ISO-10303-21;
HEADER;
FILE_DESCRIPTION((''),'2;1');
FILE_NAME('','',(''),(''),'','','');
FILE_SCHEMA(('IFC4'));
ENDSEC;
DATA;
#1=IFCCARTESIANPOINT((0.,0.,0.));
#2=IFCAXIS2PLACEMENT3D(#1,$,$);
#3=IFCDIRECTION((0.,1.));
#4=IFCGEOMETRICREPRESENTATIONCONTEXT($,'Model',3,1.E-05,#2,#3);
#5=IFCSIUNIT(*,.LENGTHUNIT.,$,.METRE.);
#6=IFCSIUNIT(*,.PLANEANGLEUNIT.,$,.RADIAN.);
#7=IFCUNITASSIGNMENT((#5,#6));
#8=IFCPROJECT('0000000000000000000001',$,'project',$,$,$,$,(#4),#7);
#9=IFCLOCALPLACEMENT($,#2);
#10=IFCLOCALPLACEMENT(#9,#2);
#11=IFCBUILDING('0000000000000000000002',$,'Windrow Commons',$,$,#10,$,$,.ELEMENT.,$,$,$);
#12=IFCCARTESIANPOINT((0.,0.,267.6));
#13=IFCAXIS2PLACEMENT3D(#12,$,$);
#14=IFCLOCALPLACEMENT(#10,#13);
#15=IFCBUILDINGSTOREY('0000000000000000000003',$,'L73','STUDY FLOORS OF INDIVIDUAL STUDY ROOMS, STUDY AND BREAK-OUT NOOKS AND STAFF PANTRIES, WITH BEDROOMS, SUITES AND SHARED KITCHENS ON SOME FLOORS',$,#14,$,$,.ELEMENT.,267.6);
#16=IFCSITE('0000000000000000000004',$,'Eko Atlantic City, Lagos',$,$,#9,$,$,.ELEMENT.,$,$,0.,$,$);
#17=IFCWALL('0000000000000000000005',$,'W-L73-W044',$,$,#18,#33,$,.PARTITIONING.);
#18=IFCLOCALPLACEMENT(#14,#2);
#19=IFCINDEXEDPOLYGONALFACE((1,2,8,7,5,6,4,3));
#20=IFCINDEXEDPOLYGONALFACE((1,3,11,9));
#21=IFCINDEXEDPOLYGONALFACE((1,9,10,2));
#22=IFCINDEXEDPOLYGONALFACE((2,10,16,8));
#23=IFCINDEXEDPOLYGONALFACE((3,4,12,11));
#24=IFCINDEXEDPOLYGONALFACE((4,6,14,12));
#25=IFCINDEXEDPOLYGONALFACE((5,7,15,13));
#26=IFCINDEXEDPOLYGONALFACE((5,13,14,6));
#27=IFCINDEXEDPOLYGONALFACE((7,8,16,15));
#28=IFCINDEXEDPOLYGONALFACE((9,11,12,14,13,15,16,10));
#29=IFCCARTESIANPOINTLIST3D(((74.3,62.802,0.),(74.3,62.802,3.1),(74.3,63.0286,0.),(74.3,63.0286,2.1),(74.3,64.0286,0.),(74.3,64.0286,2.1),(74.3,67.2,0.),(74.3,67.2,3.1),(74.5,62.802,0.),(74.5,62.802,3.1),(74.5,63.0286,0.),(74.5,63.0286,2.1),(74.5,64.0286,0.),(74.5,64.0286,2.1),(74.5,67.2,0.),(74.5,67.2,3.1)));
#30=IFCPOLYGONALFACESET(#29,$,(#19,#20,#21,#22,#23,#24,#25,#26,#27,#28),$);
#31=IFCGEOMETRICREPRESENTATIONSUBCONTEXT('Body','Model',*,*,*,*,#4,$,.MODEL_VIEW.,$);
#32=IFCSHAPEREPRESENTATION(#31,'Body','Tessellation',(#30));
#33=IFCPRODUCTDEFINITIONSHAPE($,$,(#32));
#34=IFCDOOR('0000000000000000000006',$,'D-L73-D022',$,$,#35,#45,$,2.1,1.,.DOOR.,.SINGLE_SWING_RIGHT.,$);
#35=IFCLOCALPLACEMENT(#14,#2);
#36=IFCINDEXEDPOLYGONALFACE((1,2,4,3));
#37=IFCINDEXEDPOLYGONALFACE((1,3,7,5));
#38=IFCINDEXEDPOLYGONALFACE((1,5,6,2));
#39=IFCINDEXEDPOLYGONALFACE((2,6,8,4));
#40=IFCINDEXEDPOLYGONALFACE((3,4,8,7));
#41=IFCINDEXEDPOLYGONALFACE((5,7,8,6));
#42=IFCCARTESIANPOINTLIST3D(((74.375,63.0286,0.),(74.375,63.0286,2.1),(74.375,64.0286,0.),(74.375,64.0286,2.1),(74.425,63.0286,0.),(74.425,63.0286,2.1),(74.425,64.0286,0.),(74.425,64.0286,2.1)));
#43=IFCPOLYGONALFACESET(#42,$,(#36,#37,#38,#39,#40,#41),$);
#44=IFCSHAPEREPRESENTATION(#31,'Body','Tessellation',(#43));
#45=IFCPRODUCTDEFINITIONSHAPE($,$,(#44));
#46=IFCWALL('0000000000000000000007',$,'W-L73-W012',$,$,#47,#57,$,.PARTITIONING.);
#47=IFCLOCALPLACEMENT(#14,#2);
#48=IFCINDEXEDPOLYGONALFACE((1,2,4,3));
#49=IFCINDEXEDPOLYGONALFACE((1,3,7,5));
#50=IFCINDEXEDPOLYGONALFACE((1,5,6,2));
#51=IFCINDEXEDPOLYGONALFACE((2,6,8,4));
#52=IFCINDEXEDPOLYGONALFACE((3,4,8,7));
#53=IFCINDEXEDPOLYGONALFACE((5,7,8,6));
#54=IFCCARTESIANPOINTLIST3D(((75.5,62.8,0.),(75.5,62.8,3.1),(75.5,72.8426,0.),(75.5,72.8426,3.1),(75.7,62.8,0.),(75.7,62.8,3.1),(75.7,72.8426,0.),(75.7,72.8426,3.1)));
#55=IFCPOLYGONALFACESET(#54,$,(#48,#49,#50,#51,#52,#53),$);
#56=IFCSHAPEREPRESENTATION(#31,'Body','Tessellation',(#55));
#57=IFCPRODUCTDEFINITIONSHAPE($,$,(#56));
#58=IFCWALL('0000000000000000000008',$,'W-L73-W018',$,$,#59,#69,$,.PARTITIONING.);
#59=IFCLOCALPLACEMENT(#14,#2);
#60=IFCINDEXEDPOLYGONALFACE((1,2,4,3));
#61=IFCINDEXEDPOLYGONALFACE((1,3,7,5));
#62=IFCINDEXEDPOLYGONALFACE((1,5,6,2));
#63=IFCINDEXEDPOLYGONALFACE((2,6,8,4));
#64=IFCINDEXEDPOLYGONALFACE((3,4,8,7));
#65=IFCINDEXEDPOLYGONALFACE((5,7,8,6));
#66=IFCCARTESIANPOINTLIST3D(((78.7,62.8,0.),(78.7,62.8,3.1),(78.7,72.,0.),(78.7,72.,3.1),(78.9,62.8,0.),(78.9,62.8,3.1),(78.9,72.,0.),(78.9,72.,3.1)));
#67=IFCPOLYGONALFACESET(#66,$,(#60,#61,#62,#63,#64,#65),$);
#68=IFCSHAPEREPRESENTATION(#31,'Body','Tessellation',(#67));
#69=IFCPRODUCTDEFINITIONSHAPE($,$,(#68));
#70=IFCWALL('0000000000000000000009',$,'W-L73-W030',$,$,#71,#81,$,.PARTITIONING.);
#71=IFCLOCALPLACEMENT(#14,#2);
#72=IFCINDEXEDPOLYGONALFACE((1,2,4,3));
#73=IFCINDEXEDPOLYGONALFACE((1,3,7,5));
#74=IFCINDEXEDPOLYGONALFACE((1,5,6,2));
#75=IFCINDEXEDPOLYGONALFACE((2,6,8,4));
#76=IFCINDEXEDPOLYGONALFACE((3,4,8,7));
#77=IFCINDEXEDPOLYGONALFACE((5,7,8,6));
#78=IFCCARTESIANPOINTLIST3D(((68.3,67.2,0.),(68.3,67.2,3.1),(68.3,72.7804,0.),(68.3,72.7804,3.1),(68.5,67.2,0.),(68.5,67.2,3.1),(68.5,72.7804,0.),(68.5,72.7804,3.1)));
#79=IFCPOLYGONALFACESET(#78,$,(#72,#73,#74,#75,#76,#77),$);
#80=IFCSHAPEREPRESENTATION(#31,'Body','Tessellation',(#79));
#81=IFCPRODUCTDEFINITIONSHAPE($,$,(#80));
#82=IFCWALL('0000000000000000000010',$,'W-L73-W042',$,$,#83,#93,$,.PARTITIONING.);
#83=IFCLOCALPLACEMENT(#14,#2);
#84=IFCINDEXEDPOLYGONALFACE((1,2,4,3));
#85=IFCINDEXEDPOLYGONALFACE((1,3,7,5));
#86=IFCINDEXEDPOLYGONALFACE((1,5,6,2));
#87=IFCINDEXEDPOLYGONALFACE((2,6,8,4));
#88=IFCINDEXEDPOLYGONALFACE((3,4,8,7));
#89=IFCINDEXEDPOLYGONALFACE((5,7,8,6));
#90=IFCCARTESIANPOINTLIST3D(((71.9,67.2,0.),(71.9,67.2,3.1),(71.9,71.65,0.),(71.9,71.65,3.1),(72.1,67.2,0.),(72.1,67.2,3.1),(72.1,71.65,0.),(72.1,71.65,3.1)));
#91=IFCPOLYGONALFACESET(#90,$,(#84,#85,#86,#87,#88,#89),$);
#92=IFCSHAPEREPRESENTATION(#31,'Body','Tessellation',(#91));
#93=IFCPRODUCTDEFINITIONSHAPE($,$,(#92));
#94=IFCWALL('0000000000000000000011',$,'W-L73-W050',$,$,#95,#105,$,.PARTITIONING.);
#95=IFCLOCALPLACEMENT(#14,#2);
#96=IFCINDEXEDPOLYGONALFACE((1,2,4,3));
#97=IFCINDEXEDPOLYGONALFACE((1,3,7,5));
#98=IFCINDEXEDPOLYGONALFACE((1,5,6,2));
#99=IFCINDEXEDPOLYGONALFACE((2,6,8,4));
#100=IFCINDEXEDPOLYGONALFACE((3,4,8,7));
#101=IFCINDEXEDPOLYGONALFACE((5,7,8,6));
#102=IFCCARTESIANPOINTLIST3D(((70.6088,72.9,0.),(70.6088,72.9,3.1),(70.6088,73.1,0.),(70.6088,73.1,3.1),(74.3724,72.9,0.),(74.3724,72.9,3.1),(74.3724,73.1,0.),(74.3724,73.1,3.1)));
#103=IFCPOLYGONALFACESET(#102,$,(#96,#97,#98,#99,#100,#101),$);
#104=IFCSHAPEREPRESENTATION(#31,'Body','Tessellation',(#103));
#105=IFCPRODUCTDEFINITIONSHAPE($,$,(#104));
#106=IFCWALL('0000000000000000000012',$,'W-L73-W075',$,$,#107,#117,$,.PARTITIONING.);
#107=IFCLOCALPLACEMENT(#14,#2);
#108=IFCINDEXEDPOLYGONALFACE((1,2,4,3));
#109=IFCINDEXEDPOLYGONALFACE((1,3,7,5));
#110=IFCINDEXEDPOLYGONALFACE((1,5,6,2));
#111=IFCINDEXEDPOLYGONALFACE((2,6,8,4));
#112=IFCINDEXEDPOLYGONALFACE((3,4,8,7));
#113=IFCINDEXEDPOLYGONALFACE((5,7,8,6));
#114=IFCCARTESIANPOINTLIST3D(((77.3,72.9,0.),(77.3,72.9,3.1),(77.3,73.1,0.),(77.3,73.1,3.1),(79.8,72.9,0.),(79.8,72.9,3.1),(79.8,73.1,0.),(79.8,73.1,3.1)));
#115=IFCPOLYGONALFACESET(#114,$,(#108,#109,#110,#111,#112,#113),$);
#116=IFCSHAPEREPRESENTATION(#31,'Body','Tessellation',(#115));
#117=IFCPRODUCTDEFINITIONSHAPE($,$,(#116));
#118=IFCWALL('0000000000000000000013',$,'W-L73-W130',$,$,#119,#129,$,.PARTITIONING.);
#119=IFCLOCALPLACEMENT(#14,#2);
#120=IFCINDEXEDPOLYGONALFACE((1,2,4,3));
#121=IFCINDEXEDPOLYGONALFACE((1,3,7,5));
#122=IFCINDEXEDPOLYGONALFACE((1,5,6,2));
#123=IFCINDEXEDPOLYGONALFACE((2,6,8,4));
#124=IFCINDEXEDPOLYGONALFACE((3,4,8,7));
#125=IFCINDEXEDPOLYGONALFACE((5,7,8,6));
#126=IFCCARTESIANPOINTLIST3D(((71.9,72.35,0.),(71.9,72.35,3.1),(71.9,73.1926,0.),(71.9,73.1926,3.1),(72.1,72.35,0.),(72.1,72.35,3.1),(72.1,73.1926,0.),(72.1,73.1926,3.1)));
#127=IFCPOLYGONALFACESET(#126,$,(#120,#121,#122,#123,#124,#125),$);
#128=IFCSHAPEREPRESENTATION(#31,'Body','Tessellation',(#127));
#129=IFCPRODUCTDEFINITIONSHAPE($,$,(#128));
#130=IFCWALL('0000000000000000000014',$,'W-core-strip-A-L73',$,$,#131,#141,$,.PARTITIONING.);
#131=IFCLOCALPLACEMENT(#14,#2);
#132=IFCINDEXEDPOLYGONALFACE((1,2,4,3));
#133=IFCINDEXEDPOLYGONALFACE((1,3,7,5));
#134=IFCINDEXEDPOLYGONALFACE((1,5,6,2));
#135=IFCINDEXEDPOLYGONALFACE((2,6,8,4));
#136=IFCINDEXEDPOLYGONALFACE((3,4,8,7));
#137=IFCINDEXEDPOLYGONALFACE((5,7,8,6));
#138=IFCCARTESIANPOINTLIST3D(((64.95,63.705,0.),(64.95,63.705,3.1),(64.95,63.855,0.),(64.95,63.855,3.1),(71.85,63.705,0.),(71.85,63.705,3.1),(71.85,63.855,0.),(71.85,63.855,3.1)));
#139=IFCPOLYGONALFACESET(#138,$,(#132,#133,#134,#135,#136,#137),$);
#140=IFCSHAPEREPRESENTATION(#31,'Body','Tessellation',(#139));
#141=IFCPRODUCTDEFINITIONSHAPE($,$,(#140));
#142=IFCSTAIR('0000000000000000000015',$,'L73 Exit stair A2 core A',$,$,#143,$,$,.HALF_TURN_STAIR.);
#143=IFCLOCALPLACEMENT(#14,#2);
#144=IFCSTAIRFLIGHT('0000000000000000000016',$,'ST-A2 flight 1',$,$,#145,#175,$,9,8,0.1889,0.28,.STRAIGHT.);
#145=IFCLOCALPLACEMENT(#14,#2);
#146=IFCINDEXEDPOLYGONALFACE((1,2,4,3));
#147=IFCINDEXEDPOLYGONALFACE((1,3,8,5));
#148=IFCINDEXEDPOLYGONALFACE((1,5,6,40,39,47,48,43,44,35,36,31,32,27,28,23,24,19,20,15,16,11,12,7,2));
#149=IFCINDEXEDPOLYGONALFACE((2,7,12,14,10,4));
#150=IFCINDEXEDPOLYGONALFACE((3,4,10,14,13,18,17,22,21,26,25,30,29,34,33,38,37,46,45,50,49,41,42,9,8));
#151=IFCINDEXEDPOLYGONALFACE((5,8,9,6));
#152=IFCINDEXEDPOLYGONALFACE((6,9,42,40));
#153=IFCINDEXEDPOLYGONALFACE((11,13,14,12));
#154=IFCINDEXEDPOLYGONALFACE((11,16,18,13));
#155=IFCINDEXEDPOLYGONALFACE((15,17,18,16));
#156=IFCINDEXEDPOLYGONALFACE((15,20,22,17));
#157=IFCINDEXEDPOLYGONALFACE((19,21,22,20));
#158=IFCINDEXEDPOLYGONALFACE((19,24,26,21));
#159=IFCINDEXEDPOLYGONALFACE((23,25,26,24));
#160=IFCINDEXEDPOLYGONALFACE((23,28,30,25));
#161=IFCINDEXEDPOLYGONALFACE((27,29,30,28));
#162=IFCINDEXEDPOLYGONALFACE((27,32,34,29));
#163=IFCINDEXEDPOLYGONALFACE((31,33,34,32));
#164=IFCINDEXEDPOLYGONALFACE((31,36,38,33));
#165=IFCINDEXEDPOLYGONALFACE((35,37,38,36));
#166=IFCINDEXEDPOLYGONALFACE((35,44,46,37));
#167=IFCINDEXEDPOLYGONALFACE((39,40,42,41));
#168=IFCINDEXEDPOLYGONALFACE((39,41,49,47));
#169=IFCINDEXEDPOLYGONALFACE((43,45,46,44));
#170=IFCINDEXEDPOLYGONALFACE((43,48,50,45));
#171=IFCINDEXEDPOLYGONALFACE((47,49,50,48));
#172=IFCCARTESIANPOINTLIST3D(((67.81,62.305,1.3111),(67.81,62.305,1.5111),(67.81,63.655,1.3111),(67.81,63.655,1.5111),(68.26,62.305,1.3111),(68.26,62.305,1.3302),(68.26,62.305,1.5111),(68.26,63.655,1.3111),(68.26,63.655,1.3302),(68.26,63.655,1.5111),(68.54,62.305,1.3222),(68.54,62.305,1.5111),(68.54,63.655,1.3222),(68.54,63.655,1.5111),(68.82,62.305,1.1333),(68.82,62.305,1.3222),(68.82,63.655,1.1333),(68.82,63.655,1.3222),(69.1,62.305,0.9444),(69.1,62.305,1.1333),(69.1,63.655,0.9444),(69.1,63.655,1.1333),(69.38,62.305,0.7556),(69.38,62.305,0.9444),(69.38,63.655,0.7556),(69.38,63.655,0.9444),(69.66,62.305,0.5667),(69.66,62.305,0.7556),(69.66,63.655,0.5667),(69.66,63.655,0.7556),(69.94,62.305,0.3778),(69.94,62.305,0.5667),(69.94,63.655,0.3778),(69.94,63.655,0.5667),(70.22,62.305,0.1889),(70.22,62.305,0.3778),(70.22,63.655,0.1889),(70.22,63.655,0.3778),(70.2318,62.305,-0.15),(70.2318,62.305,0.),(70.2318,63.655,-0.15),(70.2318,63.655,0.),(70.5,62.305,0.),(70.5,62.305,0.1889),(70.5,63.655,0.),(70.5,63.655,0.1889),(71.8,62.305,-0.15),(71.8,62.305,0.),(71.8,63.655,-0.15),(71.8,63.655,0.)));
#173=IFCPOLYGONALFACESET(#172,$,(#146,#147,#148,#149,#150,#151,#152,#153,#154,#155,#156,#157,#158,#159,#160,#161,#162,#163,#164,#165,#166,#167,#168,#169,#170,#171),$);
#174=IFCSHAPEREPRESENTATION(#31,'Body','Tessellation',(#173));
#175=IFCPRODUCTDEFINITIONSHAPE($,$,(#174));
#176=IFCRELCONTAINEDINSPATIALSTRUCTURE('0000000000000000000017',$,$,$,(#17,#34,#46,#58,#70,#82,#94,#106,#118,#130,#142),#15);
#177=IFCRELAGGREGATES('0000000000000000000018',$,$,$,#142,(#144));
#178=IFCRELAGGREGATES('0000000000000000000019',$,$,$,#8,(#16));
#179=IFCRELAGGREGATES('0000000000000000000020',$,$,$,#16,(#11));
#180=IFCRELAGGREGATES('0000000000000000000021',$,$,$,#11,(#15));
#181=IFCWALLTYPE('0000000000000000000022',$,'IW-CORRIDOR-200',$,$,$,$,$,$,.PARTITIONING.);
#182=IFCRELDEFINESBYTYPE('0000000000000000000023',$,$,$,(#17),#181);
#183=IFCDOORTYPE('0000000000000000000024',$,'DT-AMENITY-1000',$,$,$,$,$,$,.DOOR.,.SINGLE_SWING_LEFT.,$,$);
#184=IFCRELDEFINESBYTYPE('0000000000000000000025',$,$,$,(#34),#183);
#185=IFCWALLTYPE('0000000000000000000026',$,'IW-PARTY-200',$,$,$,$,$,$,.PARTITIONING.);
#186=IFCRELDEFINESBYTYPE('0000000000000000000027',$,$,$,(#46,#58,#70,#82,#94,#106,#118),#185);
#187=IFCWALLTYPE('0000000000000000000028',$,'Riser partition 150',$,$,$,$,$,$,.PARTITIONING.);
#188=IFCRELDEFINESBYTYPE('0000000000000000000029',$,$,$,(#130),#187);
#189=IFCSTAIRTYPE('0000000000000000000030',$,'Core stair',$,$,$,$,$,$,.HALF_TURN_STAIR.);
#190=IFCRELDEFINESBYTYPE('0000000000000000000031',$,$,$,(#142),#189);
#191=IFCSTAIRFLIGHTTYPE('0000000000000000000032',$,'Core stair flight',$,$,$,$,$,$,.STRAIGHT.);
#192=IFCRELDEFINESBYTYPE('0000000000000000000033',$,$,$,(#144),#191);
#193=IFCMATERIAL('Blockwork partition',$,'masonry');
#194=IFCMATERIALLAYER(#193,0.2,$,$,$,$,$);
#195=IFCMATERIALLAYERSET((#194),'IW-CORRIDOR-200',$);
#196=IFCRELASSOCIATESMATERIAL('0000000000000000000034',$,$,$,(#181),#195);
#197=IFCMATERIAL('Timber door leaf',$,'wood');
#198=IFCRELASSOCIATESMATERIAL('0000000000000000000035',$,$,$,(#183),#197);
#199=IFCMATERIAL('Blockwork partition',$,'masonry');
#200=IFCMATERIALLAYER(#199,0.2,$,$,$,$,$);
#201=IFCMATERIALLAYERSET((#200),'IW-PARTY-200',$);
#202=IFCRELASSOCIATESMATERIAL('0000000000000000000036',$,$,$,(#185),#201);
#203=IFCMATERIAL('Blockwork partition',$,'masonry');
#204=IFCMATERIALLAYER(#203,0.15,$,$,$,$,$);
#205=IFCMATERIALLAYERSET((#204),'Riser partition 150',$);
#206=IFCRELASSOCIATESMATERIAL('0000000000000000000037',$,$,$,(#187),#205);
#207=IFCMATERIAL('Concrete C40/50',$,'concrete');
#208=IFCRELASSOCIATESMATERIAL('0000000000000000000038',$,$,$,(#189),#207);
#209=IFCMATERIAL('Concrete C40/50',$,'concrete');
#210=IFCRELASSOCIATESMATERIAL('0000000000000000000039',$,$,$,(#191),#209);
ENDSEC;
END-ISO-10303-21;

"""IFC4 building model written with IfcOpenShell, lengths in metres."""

from ifc_helpers import new_model, si_unit, direction, frame, frame_2d, origin, place, context, subcontext, project, spatial, polyline, rectangle, outline, extrude, material, layer, layer_set, type_object, element, fill, aggregate, save


model = new_model("IFC4")

# Units and contexts
model_context = context("Model", 3, precision=1e-05, world=origin(), true_north=direction((0.0, 1.0)))
body_context = subcontext(model_context, "Body", "Model", "MODEL_VIEW")
ifc_project = project(units=[si_unit("LENGTHUNIT", "METRE"), si_unit("PLANEANGLEUNIT", "RADIAN")], contexts=[model_context])

# Site, building, storey
site_placement = place(None, origin())
site = spatial("IfcSite", under=ifc_project, at=site_placement, Name="Eko Atlantic City, Lagos", CompositionType="ELEMENT", RefElevation=0.0)
building_placement = place(site_placement, origin())
building = spatial("IfcBuilding", under=site, at=building_placement, Name="Windrow Commons", CompositionType="ELEMENT")
storey_placement = place(building_placement, frame((0.0, 0.0, 267.6)))
storey = spatial("IfcBuildingStorey", under=building, at=storey_placement, Name="L73", Description="STUDY FLOORS OF INDIVIDUAL STUDY ROOMS, STUDY AND BREAK-OUT NOOKS AND STAFF PANTRIES, WITH BEDROOMS, SUITES AND SHARED KITCHENS ON SOME FLOORS", CompositionType="ELEMENT", Elevation=267.6)

# Wall, opening, door
ifc_material_1 = material(Name="Blockwork partition", Category="masonry")
ifc_layer_1 = layer(ifc_material_1, 0.2)
ifc_layer_set_1 = layer_set([ifc_layer_1], Name="IW-CORRIDOR-200")
wall_type_1 = type_object("IfcWallType", Name="IW-CORRIDOR-200", PredefinedType="PARTITIONING", material=ifc_layer_set_1)
wall_1_placement = place(storey_placement, frame((74.4, 62.802, 0.0), z_axis=(0.0, 0.0, 1.0), x_axis=(0.0, 1.0, 0.0)))
wall_1 = element("IfcWall", 1, at=wall_1_placement, inside=storey, type_object=wall_type_1, Name="W-L73-W044", PredefinedType="PARTITIONING", context=body_context, shape_type="SweptSolid", body=[
    extrude(rectangle(XDim=4.398, YDim=0.2, at=frame_2d((2.199, 0.0))), origin(), (0.0, 0.0, 1.0), 3.1),
])
opening_1_placement = place(wall_1_placement, frame((0.2266, 0.0, 0.0)))
opening_1 = element("IfcOpeningElement", 2, at=opening_1_placement, cuts=wall_1, PredefinedType="OPENING", context=body_context, shape_type="SweptSolid", body=[
    extrude(rectangle(XDim=1.0, YDim=2.1, at=frame_2d((0.5, 1.05))), frame((0.0, 0.11, 0.0), z_axis=(0.0, -1.0, 0.0), x_axis=(1.0, 0.0, 0.0)), (0.0, 0.0, 1.0), 0.22),
])
ifc_material_2 = material(Name="Timber door leaf", Category="wood")
door_type = type_object("IfcDoorType", Name="DT-AMENITY-1000", OperationType="SINGLE_SWING_LEFT", PredefinedType="DOOR", material=ifc_material_2)
door_placement = place(opening_1_placement, origin())
door = element("IfcDoor", 3, at=door_placement, inside=storey, type_object=door_type, Name="D-L73-D022", OperationType="SINGLE_SWING_RIGHT", OverallHeight=2.1, OverallWidth=1.0, PredefinedType="DOOR", context=body_context, shape_type="SweptSolid", body=[
    extrude(rectangle(XDim=1.0, YDim=2.1, at=frame_2d((0.5, 1.05))), frame((0.0, 0.025, 0.0), z_axis=(0.0, -1.0, 0.0), x_axis=(1.0, 0.0, 0.0)), (0.0, 0.0, 1.0), 0.05),
])
fill(opening_1, door)

# Walls
ifc_material_3 = material(Name="Blockwork partition", Category="masonry")
ifc_layer_2 = layer(ifc_material_3, 0.2)
ifc_layer_set_2 = layer_set([ifc_layer_2], Name="IW-PARTY-200")
wall_type_2 = type_object("IfcWallType", Name="IW-PARTY-200", PredefinedType="PARTITIONING", material=ifc_layer_set_2)
wall_2_placement = place(storey_placement, frame((75.6, 62.8, 0.0), z_axis=(0.0, 0.0, 1.0), x_axis=(0.0, 1.0, 0.0)))
element("IfcWall", 4, at=wall_2_placement, inside=storey, type_object=wall_type_2, Name="W-L73-W012", PredefinedType="PARTITIONING", context=body_context, shape_type="SweptSolid", body=[
    extrude(rectangle(XDim=10.0427, YDim=0.2, at=frame_2d((5.0213, 0.0))), origin(), (0.0, 0.0, 1.0), 3.1),
])
wall_3_placement = place(storey_placement, frame((78.8, 62.8, 0.0), z_axis=(0.0, 0.0, 1.0), x_axis=(0.0, 1.0, 0.0)))
element("IfcWall", 5, at=wall_3_placement, inside=storey, type_object=wall_type_2, Name="W-L73-W018", PredefinedType="PARTITIONING", context=body_context, shape_type="SweptSolid", body=[
    extrude(rectangle(XDim=9.2, YDim=0.2, at=frame_2d((4.6, 0.0))), origin(), (0.0, 0.0, 1.0), 3.1),
])
wall_4_placement = place(storey_placement, frame((68.4, 67.2, 0.0), z_axis=(0.0, 0.0, 1.0), x_axis=(0.0, 1.0, 0.0)))
element("IfcWall", 6, at=wall_4_placement, inside=storey, type_object=wall_type_2, Name="W-L73-W030", PredefinedType="PARTITIONING", context=body_context, shape_type="SweptSolid", body=[
    extrude(rectangle(XDim=5.5803, YDim=0.2, at=frame_2d((2.7902, 0.0))), origin(), (0.0, 0.0, 1.0), 3.1),
])
wall_5_placement = place(storey_placement, frame((72.0, 67.2, 0.0), z_axis=(0.0, 0.0, 1.0), x_axis=(0.0, 1.0, 0.0)))
element("IfcWall", 7, at=wall_5_placement, inside=storey, type_object=wall_type_2, Name="W-L73-W042", PredefinedType="PARTITIONING", context=body_context, shape_type="SweptSolid", body=[
    extrude(rectangle(XDim=4.45, YDim=0.2, at=frame_2d((2.225, 0.0))), origin(), (0.0, 0.0, 1.0), 3.1),
])
wall_6_placement = place(storey_placement, frame((70.6088, 73.0, 0.0), z_axis=(0.0, 0.0, 1.0), x_axis=(1.0, 0.0, 0.0)))
element("IfcWall", 8, at=wall_6_placement, inside=storey, type_object=wall_type_2, Name="W-L73-W050", PredefinedType="PARTITIONING", context=body_context, shape_type="SweptSolid", body=[
    extrude(rectangle(XDim=3.7636, YDim=0.2, at=frame_2d((1.8818, 0.0))), origin(), (0.0, 0.0, 1.0), 3.1),
])
wall_7_placement = place(storey_placement, frame((77.3, 73.0, 0.0), z_axis=(0.0, 0.0, 1.0), x_axis=(1.0, 0.0, 0.0)))
element("IfcWall", 9, at=wall_7_placement, inside=storey, type_object=wall_type_2, Name="W-L73-W075", PredefinedType="PARTITIONING", context=body_context, shape_type="SweptSolid", body=[
    extrude(rectangle(XDim=2.5, YDim=0.2, at=frame_2d((1.25, 0.0))), origin(), (0.0, 0.0, 1.0), 3.1),
])
wall_8_placement = place(storey_placement, frame((72.0, 72.35, 0.0), z_axis=(0.0, 0.0, 1.0), x_axis=(0.0, 1.0, 0.0)))
element("IfcWall", 10, at=wall_8_placement, inside=storey, type_object=wall_type_2, Name="W-L73-W130", PredefinedType="PARTITIONING", context=body_context, shape_type="SweptSolid", body=[
    extrude(rectangle(XDim=0.8425, YDim=0.2, at=frame_2d((0.4213, 0.0))), origin(), (0.0, 0.0, 1.0), 3.1),
])
ifc_material_4 = material(Name="Blockwork partition", Category="masonry")
ifc_layer_3 = layer(ifc_material_4, 0.15)
ifc_layer_set_3 = layer_set([ifc_layer_3], Name="Riser partition 150")
wall_type_3 = type_object("IfcWallType", Name="Riser partition 150", PredefinedType="PARTITIONING", material=ifc_layer_set_3)
wall_9_placement = place(storey_placement, frame((64.95, 63.78, 0.0), z_axis=(0.0, 0.0, 1.0), x_axis=(1.0, 0.0, 0.0)))
element("IfcWall", 11, at=wall_9_placement, inside=storey, type_object=wall_type_3, Name="W-core-strip-A-L73", PredefinedType="PARTITIONING", context=body_context, shape_type="SweptSolid", body=[
    extrude(rectangle(XDim=6.9, YDim=0.15, at=frame_2d((3.45, 0.0))), origin(), (0.0, 0.0, 1.0), 3.1),
])

# Stair, stair flight
ifc_material_5 = material(Name="Concrete C40/50", Category="concrete")
stair_type = type_object("IfcStairType", Name="Core stair", PredefinedType="HALF_TURN_STAIR", material=ifc_material_5)
stair_placement = place(storey_placement, origin())
stair = element("IfcStair", 12, at=stair_placement, inside=storey, type_object=stair_type, Name="L73 Exit stair A2 core A", PredefinedType="HALF_TURN_STAIR")
ifc_material_6 = material(Name="Concrete C40/50", Category="concrete")
stair_flight_type = type_object("IfcStairFlightType", Name="Core stair flight", PredefinedType="STRAIGHT", material=ifc_material_6)
stair_flight_placement = place(storey_placement, frame((70.5, 62.98, 0.0), z_axis=(0.0, 0.0, 1.0), x_axis=(-1.0, 0.0, 0.0)))
stair_flight = element("IfcStairFlight", 13, at=stair_flight_placement, type_object=stair_flight_type, Name="ST-A2 flight 1", NumberOfRisers=9, NumberOfTreads=8, PredefinedType="STRAIGHT", RiserHeight=0.1889, TreadLength=0.28, context=body_context, shape_type="SweptSolid", body=[
    extrude(outline(polyline([(-1.3, -0.15), (-1.3, 0.0), (0.0, 0.0), (0.0, 0.1889), (0.28, 0.1889), (0.28, 0.3778), (0.56, 0.3778), (0.56, 0.5667), (0.84, 0.5667), (0.84, 0.7556), (1.12, 0.7556), (1.12, 0.9444), (1.4, 0.9444), (1.4, 1.1333), (1.68, 1.1333), (1.68, 1.3222), (1.96, 1.3222), (1.96, 1.5111), (2.24, 1.5111), (2.69, 1.5111), (2.69, 1.3111), (2.24, 1.3111), (2.24, 1.3302), (0.2682, 0.0), (0.2682, -0.15), (-1.3, -0.15)])), frame((0.0, 0.675, 0.0), z_axis=(0.0, -1.0, 0.0), x_axis=(1.0, 0.0, 0.0)), (0.0, 0.0, 1.0), 1.35),
])
aggregate(stair, [stair_flight])

save(model, "model.ifc")
